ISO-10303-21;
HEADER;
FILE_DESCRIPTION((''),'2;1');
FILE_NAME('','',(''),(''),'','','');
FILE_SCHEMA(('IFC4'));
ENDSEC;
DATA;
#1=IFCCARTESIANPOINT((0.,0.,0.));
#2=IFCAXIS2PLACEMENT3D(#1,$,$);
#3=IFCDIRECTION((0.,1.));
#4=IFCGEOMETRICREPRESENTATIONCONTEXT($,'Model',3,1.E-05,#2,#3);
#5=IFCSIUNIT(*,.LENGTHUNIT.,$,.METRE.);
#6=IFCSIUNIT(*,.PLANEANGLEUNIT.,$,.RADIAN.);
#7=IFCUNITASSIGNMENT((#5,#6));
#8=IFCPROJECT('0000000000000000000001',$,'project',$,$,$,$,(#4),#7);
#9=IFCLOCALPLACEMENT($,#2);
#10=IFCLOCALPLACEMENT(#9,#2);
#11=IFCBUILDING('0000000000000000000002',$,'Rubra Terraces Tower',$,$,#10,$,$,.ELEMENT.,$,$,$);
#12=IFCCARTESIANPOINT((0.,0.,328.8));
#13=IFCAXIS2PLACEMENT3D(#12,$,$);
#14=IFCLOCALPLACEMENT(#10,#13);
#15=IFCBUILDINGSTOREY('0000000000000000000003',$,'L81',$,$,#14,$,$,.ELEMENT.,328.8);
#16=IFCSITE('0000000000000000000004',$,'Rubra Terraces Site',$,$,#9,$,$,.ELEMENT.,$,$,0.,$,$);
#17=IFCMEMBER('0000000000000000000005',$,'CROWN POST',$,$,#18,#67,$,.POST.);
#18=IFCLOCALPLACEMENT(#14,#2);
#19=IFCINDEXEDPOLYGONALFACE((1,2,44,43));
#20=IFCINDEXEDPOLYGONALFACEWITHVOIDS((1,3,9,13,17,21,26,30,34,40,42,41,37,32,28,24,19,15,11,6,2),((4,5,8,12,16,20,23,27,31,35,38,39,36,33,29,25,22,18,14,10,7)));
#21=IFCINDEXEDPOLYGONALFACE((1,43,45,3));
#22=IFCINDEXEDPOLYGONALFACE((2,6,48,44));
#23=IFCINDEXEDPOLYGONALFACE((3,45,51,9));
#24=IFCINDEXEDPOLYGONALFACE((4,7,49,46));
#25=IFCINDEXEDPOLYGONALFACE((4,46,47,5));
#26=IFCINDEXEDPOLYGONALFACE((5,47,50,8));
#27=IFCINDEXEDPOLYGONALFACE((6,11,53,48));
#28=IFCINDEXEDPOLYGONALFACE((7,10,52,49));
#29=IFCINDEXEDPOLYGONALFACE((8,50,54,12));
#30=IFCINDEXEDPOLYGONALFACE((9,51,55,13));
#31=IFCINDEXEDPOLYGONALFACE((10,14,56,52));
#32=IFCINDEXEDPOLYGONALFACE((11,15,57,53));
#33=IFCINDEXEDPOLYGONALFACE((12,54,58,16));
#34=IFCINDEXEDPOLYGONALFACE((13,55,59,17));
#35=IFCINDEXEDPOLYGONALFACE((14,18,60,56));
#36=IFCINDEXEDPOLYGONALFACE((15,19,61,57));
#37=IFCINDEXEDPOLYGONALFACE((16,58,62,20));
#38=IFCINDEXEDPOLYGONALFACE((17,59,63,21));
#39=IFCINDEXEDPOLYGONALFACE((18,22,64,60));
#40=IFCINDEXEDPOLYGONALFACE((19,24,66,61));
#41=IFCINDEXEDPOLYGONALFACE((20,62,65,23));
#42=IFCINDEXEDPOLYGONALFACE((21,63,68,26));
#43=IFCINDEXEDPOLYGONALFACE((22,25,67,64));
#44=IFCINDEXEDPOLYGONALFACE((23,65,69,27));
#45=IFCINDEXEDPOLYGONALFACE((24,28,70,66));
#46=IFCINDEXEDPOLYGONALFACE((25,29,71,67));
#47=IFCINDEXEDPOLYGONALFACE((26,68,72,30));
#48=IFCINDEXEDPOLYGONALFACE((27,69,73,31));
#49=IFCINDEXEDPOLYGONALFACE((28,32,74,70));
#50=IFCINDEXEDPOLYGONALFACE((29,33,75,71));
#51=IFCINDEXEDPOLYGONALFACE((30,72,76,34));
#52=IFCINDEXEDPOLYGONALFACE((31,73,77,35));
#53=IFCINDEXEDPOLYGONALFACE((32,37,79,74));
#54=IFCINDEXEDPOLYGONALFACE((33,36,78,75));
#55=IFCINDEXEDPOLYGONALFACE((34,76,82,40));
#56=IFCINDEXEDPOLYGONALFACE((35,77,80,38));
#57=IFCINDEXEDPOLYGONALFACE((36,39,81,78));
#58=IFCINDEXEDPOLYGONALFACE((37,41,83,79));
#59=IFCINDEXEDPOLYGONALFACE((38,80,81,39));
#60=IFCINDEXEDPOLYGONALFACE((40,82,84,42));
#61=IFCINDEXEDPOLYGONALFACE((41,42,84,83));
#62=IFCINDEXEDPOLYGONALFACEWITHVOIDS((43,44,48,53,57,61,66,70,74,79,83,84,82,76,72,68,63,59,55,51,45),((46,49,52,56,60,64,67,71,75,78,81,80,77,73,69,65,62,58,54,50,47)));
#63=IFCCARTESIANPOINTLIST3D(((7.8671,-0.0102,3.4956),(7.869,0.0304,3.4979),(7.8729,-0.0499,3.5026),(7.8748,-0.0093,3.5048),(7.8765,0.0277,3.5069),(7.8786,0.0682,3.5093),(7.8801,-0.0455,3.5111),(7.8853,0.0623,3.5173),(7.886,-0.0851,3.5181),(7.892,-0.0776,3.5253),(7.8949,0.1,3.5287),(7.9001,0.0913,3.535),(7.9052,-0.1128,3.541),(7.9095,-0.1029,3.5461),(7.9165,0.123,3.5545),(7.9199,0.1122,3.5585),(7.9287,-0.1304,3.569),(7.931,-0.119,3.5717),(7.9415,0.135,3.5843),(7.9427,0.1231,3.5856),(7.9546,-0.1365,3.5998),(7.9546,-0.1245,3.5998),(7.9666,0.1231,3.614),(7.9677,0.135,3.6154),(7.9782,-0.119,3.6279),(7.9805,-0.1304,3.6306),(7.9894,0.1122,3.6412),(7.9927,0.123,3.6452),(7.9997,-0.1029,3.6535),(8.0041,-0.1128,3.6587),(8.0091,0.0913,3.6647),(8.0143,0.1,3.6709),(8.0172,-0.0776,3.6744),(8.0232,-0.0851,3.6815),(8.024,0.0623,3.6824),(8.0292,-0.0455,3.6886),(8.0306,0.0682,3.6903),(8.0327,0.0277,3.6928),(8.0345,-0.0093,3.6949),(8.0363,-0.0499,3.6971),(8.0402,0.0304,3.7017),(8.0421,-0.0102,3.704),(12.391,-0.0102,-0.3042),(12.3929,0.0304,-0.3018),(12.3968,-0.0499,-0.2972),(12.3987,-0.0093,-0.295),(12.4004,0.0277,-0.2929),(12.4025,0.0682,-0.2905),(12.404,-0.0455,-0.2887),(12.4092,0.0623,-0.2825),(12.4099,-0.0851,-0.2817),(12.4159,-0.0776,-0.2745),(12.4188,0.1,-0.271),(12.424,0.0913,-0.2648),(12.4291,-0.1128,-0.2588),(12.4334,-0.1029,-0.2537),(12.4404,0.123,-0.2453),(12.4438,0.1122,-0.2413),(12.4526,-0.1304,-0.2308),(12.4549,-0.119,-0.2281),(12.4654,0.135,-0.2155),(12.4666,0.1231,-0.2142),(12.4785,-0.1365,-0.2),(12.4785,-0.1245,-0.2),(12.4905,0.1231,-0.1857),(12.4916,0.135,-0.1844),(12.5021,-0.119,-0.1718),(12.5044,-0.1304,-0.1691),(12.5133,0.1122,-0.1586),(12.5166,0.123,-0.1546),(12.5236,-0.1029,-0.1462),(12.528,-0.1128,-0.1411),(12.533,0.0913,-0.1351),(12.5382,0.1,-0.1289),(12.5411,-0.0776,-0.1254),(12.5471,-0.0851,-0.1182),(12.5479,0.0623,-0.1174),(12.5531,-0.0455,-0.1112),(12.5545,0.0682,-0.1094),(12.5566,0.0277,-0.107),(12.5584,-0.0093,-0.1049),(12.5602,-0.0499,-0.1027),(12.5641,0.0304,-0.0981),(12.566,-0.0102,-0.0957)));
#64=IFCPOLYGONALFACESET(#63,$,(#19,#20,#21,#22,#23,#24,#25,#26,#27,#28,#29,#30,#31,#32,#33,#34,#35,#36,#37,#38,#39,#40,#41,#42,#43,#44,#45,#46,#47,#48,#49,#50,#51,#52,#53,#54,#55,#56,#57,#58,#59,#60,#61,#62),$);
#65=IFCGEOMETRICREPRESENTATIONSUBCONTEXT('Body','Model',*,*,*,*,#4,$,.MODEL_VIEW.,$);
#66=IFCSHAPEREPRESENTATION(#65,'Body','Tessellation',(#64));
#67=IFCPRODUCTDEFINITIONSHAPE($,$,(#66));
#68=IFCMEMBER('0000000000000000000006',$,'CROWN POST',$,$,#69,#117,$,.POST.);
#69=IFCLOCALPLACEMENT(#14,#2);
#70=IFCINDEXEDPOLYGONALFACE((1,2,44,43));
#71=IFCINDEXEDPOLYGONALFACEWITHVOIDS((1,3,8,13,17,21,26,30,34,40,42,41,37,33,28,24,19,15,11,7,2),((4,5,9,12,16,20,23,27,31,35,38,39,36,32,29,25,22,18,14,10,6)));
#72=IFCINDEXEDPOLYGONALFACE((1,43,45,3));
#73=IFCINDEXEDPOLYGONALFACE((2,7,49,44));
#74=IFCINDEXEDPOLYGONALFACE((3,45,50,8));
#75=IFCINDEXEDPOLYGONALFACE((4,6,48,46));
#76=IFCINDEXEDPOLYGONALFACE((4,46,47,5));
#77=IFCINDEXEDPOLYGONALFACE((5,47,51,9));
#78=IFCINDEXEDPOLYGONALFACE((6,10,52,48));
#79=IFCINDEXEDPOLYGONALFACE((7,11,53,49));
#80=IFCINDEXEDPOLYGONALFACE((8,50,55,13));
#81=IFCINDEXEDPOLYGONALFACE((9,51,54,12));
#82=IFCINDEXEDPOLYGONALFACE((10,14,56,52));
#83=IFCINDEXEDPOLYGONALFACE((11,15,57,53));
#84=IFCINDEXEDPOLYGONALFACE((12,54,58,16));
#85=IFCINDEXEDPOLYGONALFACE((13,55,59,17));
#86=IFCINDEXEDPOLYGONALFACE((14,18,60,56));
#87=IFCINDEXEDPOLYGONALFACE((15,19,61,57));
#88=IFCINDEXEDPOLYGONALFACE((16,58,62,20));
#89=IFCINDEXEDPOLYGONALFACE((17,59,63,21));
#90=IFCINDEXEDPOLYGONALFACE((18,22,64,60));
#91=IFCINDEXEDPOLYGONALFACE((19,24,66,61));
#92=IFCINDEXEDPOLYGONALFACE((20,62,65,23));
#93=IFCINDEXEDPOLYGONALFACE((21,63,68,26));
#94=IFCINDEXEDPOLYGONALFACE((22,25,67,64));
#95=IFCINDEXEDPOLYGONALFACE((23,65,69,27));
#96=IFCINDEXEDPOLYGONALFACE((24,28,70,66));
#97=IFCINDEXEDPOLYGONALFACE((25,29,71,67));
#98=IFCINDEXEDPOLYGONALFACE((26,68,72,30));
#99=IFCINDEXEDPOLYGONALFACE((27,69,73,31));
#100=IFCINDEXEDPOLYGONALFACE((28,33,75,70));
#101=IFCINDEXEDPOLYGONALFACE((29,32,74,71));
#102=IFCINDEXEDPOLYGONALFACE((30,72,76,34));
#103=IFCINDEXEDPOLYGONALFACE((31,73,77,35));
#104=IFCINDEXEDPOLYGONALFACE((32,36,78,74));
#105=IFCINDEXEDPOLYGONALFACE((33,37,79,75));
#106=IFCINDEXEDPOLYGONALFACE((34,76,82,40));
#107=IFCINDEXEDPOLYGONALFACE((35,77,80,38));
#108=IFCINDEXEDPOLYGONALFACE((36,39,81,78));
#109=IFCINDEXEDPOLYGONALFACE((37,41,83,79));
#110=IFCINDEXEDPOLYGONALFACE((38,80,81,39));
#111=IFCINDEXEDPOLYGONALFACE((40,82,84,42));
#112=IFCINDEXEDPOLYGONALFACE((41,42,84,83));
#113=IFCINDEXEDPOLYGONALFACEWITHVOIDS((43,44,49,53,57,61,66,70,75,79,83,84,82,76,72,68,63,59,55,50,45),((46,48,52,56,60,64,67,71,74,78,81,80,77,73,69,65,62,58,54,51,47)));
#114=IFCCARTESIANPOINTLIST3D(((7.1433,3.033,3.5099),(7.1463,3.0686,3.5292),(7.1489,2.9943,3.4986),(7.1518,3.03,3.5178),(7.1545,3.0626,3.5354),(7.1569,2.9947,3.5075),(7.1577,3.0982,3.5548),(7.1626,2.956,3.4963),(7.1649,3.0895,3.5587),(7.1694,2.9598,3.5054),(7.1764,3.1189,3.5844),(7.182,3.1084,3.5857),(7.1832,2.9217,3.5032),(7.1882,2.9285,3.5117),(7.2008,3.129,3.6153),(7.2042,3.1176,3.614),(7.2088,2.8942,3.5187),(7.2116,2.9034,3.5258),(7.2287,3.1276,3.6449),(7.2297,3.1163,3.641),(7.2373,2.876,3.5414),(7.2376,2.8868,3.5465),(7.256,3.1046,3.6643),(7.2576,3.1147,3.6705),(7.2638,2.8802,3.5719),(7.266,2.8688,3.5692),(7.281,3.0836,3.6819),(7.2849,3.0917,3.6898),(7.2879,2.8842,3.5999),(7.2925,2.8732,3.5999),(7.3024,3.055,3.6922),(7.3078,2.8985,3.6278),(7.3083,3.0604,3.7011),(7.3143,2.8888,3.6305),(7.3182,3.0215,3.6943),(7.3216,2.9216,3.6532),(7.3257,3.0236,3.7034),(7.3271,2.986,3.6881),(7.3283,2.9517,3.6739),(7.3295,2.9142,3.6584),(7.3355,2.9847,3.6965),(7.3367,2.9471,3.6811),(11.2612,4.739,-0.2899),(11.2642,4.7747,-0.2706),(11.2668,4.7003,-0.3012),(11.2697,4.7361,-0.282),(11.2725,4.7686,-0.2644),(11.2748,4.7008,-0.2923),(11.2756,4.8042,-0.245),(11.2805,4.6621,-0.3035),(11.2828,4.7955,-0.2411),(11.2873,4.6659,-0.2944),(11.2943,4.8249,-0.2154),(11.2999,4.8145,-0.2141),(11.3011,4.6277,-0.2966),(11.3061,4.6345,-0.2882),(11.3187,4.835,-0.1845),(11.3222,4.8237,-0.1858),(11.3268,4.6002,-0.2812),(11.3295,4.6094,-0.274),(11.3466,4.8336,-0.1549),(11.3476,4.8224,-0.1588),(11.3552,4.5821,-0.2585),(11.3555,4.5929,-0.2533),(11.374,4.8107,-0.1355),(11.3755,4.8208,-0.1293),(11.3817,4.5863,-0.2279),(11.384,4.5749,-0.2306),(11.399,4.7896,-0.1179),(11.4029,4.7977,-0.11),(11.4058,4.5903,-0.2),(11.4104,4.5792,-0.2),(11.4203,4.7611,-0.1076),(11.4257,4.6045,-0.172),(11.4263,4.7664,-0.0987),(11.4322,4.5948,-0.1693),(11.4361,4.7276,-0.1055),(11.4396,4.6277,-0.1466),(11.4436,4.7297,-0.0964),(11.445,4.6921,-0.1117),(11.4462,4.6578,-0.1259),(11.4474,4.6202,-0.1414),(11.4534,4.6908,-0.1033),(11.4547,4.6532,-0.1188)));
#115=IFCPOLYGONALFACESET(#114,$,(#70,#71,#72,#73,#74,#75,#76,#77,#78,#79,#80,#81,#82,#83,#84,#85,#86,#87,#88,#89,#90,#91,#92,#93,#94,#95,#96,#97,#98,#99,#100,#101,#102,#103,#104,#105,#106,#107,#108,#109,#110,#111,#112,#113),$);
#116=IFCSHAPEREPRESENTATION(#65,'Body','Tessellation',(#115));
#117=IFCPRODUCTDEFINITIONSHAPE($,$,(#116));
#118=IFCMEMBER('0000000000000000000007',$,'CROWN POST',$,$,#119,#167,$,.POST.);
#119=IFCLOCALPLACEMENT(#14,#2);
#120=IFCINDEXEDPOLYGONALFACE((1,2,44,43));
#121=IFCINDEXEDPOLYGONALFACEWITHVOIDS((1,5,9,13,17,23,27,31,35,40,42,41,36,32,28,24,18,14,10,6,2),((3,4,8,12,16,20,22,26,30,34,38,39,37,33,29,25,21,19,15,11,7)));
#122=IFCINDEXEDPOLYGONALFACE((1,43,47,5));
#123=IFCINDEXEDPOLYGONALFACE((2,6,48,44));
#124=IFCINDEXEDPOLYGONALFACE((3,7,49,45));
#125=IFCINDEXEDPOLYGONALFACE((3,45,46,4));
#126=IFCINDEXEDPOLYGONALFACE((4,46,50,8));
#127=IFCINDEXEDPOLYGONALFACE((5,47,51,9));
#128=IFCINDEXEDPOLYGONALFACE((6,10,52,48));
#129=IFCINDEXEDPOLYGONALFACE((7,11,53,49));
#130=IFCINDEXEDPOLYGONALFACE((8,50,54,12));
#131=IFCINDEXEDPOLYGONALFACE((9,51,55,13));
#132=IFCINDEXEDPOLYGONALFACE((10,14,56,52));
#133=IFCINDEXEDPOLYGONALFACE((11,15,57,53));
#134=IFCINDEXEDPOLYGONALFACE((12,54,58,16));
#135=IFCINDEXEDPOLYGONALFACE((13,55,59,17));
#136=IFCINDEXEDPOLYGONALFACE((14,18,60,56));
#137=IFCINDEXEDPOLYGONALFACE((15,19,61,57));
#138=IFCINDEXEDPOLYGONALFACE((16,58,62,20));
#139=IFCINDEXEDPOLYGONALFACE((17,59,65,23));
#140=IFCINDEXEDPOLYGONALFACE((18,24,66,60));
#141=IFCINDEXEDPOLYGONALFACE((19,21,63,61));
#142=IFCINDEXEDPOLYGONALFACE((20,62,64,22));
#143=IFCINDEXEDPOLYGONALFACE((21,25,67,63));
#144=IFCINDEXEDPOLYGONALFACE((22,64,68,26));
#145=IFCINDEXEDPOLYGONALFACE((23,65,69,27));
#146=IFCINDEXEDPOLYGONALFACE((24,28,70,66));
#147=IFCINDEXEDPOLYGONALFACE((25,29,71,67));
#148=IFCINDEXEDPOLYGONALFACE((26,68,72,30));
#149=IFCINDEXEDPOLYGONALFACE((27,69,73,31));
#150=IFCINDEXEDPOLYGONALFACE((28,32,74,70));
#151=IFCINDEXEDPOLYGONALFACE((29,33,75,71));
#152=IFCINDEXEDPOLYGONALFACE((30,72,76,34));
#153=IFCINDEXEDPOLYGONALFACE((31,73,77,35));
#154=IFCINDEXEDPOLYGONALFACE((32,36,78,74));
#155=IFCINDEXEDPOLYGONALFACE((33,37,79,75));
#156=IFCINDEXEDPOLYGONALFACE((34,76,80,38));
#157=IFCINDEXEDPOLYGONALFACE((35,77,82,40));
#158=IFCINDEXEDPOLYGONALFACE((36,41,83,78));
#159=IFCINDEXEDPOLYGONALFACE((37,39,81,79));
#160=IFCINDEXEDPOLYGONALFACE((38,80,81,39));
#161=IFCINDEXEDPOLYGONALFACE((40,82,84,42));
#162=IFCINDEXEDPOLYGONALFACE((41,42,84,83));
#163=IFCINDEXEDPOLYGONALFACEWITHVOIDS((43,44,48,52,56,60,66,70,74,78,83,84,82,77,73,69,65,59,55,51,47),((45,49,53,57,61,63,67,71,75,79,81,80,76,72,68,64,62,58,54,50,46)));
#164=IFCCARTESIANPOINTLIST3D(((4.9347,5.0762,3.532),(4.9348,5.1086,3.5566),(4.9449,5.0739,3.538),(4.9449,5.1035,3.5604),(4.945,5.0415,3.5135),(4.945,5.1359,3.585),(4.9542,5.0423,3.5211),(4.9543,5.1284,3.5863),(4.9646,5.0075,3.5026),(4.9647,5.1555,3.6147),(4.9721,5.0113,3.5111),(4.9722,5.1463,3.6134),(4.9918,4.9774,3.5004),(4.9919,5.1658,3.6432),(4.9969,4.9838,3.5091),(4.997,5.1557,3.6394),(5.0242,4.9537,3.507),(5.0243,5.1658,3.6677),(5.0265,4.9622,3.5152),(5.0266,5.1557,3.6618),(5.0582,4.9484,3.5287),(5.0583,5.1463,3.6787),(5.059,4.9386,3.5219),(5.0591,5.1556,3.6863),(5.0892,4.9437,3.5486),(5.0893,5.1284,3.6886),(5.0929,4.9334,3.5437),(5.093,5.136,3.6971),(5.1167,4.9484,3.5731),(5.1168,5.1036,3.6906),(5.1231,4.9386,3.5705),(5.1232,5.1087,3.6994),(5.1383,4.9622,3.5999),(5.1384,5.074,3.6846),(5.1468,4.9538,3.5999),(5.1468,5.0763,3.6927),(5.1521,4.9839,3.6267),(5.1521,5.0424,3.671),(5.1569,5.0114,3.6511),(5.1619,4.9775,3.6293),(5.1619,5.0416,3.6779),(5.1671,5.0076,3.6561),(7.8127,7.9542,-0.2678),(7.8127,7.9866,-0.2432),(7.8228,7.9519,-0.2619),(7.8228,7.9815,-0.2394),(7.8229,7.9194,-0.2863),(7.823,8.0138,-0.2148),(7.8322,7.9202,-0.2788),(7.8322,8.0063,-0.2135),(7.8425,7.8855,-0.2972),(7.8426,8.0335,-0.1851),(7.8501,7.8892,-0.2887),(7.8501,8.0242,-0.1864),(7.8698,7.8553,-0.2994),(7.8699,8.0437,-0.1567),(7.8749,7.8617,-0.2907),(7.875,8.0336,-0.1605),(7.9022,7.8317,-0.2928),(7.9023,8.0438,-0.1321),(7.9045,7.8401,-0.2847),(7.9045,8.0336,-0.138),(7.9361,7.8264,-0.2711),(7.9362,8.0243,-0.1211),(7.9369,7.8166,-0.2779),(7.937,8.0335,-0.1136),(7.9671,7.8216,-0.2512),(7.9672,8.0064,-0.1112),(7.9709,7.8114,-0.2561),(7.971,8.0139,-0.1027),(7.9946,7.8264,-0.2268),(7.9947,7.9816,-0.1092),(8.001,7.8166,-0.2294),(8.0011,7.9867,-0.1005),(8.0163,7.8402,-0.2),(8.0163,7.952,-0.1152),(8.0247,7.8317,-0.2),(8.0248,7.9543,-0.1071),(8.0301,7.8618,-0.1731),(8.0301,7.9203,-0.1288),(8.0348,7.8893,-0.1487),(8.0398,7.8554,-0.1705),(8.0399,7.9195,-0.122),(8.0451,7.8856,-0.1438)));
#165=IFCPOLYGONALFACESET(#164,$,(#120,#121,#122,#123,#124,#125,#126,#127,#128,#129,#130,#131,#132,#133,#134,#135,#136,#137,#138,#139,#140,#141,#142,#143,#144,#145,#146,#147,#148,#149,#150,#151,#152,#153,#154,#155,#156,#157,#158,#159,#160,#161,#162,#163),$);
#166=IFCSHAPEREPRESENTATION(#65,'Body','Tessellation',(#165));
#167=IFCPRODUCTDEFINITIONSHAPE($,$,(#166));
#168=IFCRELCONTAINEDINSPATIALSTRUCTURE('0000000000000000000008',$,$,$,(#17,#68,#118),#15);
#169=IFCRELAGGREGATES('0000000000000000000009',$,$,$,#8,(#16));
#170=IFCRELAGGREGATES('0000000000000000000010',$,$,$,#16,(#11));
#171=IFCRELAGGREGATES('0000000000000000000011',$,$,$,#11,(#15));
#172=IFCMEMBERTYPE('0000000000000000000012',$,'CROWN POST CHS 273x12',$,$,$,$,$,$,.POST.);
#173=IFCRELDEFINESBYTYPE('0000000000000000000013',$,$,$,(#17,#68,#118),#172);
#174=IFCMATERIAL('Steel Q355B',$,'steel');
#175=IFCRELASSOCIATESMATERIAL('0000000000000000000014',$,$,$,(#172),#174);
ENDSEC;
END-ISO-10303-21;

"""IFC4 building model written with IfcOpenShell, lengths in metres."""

from ifc_helpers import new_model, si_unit, direction, frame, origin, origin_2d, place, context, subcontext, project, spatial, hollow_circle, extrude, material, material_profile, profile_set, type_object, element, save


model = new_model("IFC4")

# Units and contexts
model_context = context("Model", 3, precision=1e-05, world=origin(), true_north=direction((0.0, 1.0)))
body_context = subcontext(model_context, "Body", "Model", "MODEL_VIEW")
ifc_project = project(units=[si_unit("LENGTHUNIT", "METRE"), si_unit("PLANEANGLEUNIT", "RADIAN")], contexts=[model_context])

# Site, building, storey
site_placement = place(None, origin())
site = spatial("IfcSite", under=ifc_project, at=site_placement, Name="Rubra Terraces Site", CompositionType="ELEMENT", RefElevation=0.0)
building_placement = place(site_placement, origin())
building = spatial("IfcBuilding", under=site, at=building_placement, Name="Rubra Terraces Tower", CompositionType="ELEMENT")
storey_placement = place(building_placement, frame((0.0, 0.0, 328.8)))
storey = spatial("IfcBuildingStorey", under=building, at=storey_placement, Name="L81", CompositionType="ELEMENT", Elevation=328.8)

# Members
ifc_material_1 = material(Name="Steel Q355B", Category="steel")
ifc_material_profile_1 = material_profile(ifc_material_1, hollow_circle(Radius=0.1365, WallThickness=0.012, at=origin_2d()), Name="CHS 273x12")
ifc_profile_set_1 = profile_set([ifc_material_profile_1], Name="Steel Q355B")
member_type_1 = type_object("IfcMemberType", Name="CROWN POST CHS 273x12", PredefinedType="POST", material=ifc_profile_set_1)
member_1_placement = place(storey_placement, frame((12.4785, 0.0, -0.2), z_axis=(-0.765729, 0.0, 0.643163), x_axis=(0.0, -1.0, 0.0)))
element("IfcMember", 1, at=member_1_placement, inside=storey, type_object=member_type_1, Name="CROWN POST", PredefinedType="POST", context=body_context, shape_type="SweptSolid", body=[
    extrude(hollow_circle(Radius=0.1365, WallThickness=0.012, at=origin_2d()), origin(), (0.0, 0.0, 1.0), 5.908),
])
member_2_placement = place(storey_placement, frame((11.3582, 4.7053, -0.2), z_axis=(-0.703057, -0.291276, 0.648744), x_axis=(0.382752, -0.923851, 0.0)))
element("IfcMember", 2, at=member_2_placement, inside=storey, type_object=member_type_1, Name="CROWN POST", PredefinedType="POST", context=body_context, shape_type="SweptSolid", body=[
    extrude(hollow_circle(Radius=0.1365, WallThickness=0.012, at=origin_2d()), origin(), (0.0, 0.0, 1.0), 5.8572),
])
member_3_placement = place(storey_placement, frame((7.9282, 7.9282, -0.2), z_axis=(-0.516862, -0.516862, 0.682427), x_axis=(0.707107, -0.707107, 0.0)))
element("IfcMember", 3, at=member_3_placement, inside=storey, type_object=member_type_1, Name="CROWN POST", PredefinedType="POST", context=body_context, shape_type="SweptSolid", body=[
    extrude(hollow_circle(Radius=0.1365, WallThickness=0.012, at=origin_2d()), origin(), (0.0, 0.0, 1.0), 5.5681),
])

save(model, "model.ifc")
